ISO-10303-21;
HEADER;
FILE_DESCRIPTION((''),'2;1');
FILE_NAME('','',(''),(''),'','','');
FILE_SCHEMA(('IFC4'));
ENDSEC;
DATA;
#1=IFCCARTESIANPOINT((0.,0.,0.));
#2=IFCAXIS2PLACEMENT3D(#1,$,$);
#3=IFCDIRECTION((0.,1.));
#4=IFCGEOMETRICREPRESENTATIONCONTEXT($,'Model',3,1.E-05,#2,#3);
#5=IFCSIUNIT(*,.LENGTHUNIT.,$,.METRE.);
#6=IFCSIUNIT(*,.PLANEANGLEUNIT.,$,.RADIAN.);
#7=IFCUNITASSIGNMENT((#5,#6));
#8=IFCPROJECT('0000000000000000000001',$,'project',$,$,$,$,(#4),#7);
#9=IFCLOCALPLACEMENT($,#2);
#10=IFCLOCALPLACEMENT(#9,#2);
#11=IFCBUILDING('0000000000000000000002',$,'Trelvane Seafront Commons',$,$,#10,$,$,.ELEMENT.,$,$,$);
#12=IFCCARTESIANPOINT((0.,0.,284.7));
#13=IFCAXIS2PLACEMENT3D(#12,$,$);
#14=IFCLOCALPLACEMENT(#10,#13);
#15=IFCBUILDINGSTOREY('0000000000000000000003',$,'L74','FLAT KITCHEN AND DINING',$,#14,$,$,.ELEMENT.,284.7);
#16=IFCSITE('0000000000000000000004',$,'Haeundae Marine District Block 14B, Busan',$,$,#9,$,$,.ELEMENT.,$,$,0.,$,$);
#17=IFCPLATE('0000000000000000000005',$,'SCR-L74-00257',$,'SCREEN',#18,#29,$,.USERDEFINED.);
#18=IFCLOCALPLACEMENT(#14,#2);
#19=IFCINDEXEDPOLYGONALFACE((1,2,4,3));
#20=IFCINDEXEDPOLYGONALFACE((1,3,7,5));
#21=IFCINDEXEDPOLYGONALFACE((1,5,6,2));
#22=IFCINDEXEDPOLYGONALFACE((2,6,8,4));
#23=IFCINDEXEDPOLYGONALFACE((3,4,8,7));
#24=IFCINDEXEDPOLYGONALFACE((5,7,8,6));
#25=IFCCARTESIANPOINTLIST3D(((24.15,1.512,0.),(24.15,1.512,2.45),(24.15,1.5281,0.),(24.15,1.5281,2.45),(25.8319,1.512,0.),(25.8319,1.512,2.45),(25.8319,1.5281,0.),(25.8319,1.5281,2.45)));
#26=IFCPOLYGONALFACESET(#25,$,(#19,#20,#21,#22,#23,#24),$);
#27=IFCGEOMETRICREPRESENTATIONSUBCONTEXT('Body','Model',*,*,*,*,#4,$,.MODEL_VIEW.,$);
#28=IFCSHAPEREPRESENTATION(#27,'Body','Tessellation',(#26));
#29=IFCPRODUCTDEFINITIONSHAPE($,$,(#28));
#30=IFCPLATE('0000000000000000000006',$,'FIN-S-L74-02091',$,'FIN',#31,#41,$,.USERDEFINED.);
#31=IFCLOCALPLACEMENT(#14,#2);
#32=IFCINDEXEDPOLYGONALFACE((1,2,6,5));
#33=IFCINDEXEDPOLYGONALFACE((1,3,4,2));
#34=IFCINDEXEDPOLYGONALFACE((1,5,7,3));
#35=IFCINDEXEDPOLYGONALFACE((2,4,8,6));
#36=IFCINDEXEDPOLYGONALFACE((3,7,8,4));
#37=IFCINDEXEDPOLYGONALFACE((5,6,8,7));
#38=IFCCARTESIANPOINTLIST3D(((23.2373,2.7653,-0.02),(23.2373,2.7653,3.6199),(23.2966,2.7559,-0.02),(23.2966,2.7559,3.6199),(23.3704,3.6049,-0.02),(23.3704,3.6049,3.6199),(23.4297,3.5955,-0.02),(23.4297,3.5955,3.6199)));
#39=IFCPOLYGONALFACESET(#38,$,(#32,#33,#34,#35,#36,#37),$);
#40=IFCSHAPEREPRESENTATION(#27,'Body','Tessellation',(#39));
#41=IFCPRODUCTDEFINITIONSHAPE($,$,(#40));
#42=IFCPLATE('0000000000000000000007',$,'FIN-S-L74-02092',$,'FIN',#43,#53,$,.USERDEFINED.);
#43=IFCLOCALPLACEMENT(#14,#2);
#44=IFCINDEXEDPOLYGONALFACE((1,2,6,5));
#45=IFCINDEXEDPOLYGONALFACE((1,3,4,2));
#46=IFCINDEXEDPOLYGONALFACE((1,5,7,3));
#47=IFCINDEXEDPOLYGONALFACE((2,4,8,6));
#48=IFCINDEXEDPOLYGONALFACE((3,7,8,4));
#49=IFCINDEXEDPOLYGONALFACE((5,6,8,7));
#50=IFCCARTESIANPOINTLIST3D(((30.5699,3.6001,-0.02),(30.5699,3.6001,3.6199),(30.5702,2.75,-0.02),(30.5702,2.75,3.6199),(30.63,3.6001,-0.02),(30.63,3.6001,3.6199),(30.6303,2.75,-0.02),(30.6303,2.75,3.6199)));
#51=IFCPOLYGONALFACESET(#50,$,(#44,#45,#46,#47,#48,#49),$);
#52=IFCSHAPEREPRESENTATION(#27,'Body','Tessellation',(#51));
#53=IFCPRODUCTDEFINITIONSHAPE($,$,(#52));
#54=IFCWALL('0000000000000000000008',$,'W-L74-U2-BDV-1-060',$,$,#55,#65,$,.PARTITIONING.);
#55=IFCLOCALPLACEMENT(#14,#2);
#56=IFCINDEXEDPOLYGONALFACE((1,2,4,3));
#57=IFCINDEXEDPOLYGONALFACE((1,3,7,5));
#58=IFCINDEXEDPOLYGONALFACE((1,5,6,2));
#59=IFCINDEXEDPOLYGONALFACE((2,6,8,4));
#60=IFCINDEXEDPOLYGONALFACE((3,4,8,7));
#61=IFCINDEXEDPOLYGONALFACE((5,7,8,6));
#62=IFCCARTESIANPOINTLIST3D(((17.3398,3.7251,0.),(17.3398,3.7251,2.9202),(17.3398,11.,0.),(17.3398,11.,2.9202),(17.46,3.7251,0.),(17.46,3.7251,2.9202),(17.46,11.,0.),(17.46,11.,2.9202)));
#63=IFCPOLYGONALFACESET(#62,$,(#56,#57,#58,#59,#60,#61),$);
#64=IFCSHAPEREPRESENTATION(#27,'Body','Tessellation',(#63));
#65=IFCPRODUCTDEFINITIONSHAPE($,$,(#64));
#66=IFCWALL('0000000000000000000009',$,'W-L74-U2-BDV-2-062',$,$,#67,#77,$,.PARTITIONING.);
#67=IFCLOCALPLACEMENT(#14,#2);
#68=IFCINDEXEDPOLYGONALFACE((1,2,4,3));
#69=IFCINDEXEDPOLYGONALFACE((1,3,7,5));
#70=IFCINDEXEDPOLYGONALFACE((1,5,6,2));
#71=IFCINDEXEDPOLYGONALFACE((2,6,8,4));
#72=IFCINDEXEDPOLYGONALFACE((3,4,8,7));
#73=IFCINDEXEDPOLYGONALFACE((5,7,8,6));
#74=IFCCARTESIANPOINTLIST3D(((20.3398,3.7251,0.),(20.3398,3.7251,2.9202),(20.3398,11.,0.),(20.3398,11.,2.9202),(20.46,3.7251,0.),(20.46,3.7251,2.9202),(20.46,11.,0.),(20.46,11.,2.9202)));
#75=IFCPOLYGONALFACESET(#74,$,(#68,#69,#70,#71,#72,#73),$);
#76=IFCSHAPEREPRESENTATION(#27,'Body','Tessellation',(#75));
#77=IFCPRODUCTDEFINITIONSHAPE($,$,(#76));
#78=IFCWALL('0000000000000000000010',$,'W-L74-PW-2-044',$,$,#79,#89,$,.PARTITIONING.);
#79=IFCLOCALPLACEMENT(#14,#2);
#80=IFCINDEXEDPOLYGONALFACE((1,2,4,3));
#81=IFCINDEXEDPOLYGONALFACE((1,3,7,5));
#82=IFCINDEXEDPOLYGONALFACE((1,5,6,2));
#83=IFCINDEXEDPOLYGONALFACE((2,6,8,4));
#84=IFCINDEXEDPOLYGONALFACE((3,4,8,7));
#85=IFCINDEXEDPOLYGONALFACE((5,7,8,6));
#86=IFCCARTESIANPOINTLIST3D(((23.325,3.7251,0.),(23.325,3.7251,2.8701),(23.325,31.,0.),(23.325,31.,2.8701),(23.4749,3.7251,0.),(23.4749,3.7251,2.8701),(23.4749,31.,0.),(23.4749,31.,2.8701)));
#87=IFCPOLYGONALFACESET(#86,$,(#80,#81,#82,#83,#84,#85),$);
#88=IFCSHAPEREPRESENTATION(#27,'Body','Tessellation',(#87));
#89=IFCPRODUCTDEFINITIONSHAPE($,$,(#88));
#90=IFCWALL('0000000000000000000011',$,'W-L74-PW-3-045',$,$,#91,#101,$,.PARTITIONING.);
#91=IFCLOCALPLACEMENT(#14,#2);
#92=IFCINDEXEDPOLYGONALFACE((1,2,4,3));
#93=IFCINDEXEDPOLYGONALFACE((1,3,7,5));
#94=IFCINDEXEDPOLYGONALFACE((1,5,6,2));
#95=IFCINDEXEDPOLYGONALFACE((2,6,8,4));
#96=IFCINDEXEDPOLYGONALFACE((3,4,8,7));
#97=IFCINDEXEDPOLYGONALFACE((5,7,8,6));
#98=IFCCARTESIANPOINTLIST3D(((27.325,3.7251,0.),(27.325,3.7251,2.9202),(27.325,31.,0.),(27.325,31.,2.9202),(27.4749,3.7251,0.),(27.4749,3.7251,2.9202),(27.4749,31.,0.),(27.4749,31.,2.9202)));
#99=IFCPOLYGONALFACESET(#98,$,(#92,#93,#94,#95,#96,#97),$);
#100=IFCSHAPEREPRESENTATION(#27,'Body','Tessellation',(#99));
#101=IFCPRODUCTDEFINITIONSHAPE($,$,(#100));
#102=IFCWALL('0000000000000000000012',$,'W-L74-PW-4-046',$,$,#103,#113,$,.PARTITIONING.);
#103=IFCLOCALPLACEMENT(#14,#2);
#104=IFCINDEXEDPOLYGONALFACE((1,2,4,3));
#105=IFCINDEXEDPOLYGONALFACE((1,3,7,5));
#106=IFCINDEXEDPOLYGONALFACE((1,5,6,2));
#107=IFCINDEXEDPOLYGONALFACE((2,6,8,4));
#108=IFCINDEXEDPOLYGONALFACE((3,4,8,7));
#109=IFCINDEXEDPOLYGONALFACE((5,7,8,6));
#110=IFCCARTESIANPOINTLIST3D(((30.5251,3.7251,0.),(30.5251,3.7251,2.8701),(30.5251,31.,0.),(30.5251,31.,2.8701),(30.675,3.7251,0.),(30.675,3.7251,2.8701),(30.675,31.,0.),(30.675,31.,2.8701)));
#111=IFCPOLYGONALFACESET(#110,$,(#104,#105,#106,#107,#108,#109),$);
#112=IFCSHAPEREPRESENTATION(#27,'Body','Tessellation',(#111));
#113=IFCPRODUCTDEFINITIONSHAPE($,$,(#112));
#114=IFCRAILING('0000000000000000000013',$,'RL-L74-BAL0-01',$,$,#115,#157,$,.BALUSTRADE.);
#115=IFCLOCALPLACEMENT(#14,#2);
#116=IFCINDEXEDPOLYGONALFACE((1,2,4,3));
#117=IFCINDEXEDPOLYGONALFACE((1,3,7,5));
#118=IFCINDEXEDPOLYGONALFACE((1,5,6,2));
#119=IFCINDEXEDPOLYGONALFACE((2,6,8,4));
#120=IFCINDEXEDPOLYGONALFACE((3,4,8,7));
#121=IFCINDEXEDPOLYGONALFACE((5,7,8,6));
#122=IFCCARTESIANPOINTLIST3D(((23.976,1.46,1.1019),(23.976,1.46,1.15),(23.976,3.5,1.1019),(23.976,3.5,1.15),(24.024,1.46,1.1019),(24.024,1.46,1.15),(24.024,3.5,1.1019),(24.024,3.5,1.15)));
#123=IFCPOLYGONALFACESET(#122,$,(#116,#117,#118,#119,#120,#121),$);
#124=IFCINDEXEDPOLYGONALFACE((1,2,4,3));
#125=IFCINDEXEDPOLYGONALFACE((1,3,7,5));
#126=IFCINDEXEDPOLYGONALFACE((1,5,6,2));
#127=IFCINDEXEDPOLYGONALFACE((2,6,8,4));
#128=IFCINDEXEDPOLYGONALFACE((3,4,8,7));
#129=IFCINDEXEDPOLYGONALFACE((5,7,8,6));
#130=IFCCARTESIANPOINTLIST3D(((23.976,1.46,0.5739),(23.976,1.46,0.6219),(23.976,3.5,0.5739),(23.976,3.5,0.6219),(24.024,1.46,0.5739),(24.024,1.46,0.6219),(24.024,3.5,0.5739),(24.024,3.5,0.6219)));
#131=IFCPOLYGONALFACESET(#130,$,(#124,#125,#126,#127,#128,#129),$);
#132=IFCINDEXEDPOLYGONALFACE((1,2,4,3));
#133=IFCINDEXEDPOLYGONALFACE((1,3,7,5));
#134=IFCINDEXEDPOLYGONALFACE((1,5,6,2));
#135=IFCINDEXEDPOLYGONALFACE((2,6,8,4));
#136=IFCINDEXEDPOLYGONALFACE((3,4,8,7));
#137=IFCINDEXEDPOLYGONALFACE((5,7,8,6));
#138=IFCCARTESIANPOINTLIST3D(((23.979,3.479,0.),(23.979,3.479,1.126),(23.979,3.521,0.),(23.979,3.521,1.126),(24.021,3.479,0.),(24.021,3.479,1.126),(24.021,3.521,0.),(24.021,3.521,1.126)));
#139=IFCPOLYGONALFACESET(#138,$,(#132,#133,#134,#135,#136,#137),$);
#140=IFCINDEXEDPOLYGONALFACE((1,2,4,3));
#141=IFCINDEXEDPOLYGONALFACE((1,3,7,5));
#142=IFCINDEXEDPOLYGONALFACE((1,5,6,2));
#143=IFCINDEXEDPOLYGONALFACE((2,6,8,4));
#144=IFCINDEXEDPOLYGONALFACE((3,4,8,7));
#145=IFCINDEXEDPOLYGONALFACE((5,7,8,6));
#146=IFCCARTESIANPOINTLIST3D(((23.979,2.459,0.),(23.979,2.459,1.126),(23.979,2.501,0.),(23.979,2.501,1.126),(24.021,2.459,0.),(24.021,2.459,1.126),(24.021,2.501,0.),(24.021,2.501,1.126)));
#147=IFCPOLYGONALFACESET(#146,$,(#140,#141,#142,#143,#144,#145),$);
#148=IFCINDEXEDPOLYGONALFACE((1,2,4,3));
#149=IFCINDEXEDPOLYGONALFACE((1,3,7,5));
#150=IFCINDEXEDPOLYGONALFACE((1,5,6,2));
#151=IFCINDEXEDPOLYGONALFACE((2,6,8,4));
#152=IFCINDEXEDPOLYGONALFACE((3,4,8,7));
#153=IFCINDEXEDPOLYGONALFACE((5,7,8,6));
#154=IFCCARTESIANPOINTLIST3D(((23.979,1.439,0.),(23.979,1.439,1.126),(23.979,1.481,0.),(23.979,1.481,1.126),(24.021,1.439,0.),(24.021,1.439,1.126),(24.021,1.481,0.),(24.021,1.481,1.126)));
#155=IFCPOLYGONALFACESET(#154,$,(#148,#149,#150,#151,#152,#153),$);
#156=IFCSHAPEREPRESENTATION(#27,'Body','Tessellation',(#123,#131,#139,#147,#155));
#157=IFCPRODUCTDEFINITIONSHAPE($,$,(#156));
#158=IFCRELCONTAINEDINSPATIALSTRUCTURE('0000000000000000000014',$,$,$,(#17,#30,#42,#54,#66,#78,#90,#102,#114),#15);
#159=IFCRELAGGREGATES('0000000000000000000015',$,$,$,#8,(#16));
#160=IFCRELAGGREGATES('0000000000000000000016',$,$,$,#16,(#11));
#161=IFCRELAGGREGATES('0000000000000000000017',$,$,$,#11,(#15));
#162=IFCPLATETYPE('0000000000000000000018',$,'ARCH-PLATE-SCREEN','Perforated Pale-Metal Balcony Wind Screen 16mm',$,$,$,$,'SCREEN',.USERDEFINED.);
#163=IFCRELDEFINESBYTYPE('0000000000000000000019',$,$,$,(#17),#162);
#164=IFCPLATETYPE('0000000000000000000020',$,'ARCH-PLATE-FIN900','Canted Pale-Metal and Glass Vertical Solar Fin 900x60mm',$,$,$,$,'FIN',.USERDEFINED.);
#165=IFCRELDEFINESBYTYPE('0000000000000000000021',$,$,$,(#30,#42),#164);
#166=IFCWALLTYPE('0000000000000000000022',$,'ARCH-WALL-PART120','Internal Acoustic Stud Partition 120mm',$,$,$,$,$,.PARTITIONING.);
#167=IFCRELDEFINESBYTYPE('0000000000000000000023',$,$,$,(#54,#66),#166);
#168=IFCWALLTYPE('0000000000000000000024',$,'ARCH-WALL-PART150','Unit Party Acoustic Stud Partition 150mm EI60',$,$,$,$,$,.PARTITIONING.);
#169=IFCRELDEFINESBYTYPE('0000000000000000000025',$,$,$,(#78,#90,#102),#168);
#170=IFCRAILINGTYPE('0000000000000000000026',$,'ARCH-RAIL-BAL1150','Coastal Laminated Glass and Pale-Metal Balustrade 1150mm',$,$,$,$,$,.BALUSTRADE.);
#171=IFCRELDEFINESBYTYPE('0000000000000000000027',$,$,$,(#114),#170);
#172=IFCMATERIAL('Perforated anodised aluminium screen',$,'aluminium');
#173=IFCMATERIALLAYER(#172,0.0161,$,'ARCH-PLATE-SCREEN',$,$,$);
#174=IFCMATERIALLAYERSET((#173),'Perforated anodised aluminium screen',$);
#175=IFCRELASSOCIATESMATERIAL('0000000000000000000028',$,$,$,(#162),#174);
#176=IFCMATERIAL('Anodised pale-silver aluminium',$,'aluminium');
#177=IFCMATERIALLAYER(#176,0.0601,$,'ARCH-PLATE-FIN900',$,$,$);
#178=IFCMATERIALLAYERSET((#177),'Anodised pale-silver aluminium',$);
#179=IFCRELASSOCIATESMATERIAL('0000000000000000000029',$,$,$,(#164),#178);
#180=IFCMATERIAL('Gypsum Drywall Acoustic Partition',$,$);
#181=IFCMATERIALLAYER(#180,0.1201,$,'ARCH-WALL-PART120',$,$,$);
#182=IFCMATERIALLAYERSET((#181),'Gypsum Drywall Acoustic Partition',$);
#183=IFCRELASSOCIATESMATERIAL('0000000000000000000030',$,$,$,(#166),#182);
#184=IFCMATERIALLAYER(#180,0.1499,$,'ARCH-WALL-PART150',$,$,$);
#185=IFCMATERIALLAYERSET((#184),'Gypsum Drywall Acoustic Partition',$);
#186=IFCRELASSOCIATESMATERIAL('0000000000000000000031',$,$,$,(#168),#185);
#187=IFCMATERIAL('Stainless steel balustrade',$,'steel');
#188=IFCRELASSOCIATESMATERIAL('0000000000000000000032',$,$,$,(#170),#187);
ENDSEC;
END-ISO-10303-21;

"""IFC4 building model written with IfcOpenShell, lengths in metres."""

from ifc_helpers import new_model, si_unit, direction, frame, frame_2d, origin, origin_2d, place, context, subcontext, project, spatial, rectangle, extrude, source, transform, mapped, material, layer, layer_set, type_object, element, save


model = new_model("IFC4")

# Units and contexts
model_context = context("Model", 3, precision=1e-05, world=origin(), true_north=direction((0.0, 1.0)))
body_context = subcontext(model_context, "Body", "Model", "MODEL_VIEW")
ifc_project = project(units=[si_unit("LENGTHUNIT", "METRE"), si_unit("PLANEANGLEUNIT", "RADIAN")], contexts=[model_context])

# Site, building, storey
site_placement = place(None, origin())
site = spatial("IfcSite", under=ifc_project, at=site_placement, Name="Haeundae Marine District Block 14B, Busan", CompositionType="ELEMENT", RefElevation=0.0)
building_placement = place(site_placement, origin())
building = spatial("IfcBuilding", under=site, at=building_placement, Name="Trelvane Seafront Commons", CompositionType="ELEMENT")
storey_placement = place(building_placement, frame((0.0, 0.0, 284.7)))
storey = spatial("IfcBuildingStorey", under=building, at=storey_placement, Name="L74", Description="FLAT KITCHEN AND DINING", CompositionType="ELEMENT", Elevation=284.7)

# Plates
ifc_material_1 = material(Name="Perforated anodised aluminium screen", Category="aluminium")
ifc_layer_1 = layer(ifc_material_1, 0.0161, Name="ARCH-PLATE-SCREEN")
ifc_layer_set_1 = layer_set([ifc_layer_1], Name="Perforated anodised aluminium screen")
plate_type_1 = type_object("IfcPlateType", Name="ARCH-PLATE-SCREEN", Description="Perforated Pale-Metal Balcony Wind Screen 16mm", ElementType="SCREEN", PredefinedType="USERDEFINED", material=ifc_layer_set_1)
shared_shape_1 = source(origin(), body_context, "Body", "SweptSolid", [
    extrude(rectangle(XDim=1.6819, YDim=0.0161, at=origin_2d()), origin(), (0.0, 0.0, 1.0), 2.45),
])
plate_placement = place(storey_placement, frame((24.991, 1.52, 0.0), z_axis=(0.0, 0.0, 1.0), x_axis=(1.0, 0.0, 0.0)))
element("IfcPlate", 1, at=plate_placement, inside=storey, type_object=plate_type_1, Name="SCR-L74-00257", ObjectType="SCREEN", PredefinedType="USERDEFINED", context=body_context, shape_type="MappedRepresentation", body=[
    mapped(shared_shape_1, transform((0.0, 0.0, 0.0), x_axis=(1.0, 0.0, 0.0), y_axis=(0.0, 1.0, 0.0), z_axis=(0.0, 0.0, 1.0), scale=1.0)),
])
ifc_material_2 = material(Name="Anodised pale-silver aluminium", Category="aluminium")
ifc_layer_2 = layer(ifc_material_2, 0.0601, Name="ARCH-PLATE-FIN900")
ifc_layer_set_2 = layer_set([ifc_layer_2], Name="Anodised pale-silver aluminium")
plate_type_2 = type_object("IfcPlateType", Name="ARCH-PLATE-FIN900", Description="Canted Pale-Metal and Glass Vertical Solar Fin 900x60mm", ElementType="FIN", PredefinedType="USERDEFINED", material=ifc_layer_set_2)
shared_shape_2 = source(origin(), body_context, "Body", "SweptSolid", [
    extrude(rectangle(XDim=0.8501, YDim=0.0601, at=origin_2d()), origin(), (0.0, 0.0, 1.0), 3.6399),
])
for number, where, z_axis, x_axis, name in (
    (2, (23.3335, 3.1804, -0.02), (0.0, 0.0, 1.0), (-0.156591, -0.987663, 0.0), "FIN-S-L74-02091"),
    (3, (30.6001, 3.175, -0.02), (0.0, 0.0, 1.0), (0.000353, -1.0, 0.0), "FIN-S-L74-02092"),
):
    element("IfcPlate", number, at=place(storey_placement, frame(where, z_axis=z_axis, x_axis=x_axis)), inside=storey, type_object=plate_type_2, Name=name, ObjectType="FIN", PredefinedType="USERDEFINED", context=body_context, shape_type="MappedRepresentation", body=[
        mapped(shared_shape_2, transform((0.0, 0.0, 0.0), x_axis=(1.0, 0.0, 0.0), y_axis=(0.0, 1.0, 0.0), z_axis=(0.0, 0.0, 1.0), scale=1.0)),
    ])

# Shared definitions
ifc_material_3 = material(Name="Gypsum Drywall Acoustic Partition")
ifc_layer_3 = layer(ifc_material_3, 0.1201, Name="ARCH-WALL-PART120")
ifc_layer_set_3 = layer_set([ifc_layer_3], Name="Gypsum Drywall Acoustic Partition")
wall_type_1 = type_object("IfcWallType", Name="ARCH-WALL-PART120", Description="Internal Acoustic Stud Partition 120mm", PredefinedType="PARTITIONING", material=ifc_layer_set_3)

# Wall
wall_1_placement = place(storey_placement, frame((17.3999, 3.7251, 0.0), z_axis=(0.0, 0.0, 1.0), x_axis=(0.0, 1.0, 0.0)))
element("IfcWall", 4, at=wall_1_placement, inside=storey, type_object=wall_type_1, Name="W-L74-U2-BDV-1-060", PredefinedType="PARTITIONING", context=body_context, shape_type="SweptSolid", body=[
    extrude(rectangle(XDim=7.2749, YDim=0.1201, at=frame_2d((3.6375, 0.0))), origin(), (0.0, 0.0, 1.0), 2.9202),
])

# Walls
wall_2_placement = place(storey_placement, frame((20.3999, 3.7251, 0.0), z_axis=(0.0, 0.0, 1.0), x_axis=(0.0, 1.0, 0.0)))
element("IfcWall", 5, at=wall_2_placement, inside=storey, type_object=wall_type_1, Name="W-L74-U2-BDV-2-062", PredefinedType="PARTITIONING", context=body_context, shape_type="SweptSolid", body=[
    extrude(rectangle(XDim=7.2749, YDim=0.1201, at=frame_2d((3.6375, 0.0))), origin(), (0.0, 0.0, 1.0), 2.9202),
])
ifc_layer_4 = layer(ifc_material_3, 0.1499, Name="ARCH-WALL-PART150")
ifc_layer_set_4 = layer_set([ifc_layer_4], Name="Gypsum Drywall Acoustic Partition")
wall_type_2 = type_object("IfcWallType", Name="ARCH-WALL-PART150", Description="Unit Party Acoustic Stud Partition 150mm EI60", PredefinedType="PARTITIONING", material=ifc_layer_set_4)
wall_3_placement = place(storey_placement, frame((23.3999, 3.7251, 0.0), z_axis=(0.0, 0.0, 1.0), x_axis=(0.0, 1.0, 0.0)))
element("IfcWall", 6, at=wall_3_placement, inside=storey, type_object=wall_type_2, Name="W-L74-PW-2-044", PredefinedType="PARTITIONING", context=body_context, shape_type="SweptSolid", body=[
    extrude(rectangle(XDim=27.2749, YDim=0.1499, at=frame_2d((13.6375, 0.0))), origin(), (0.0, 0.0, 1.0), 2.8701),
])
wall_4_placement = place(storey_placement, frame((27.3999, 3.7251, 0.0), z_axis=(0.0, 0.0, 1.0), x_axis=(0.0, 1.0, 0.0)))
element("IfcWall", 7, at=wall_4_placement, inside=storey, type_object=wall_type_2, Name="W-L74-PW-3-045", PredefinedType="PARTITIONING", context=body_context, shape_type="SweptSolid", body=[
    extrude(rectangle(XDim=27.2749, YDim=0.1499, at=frame_2d((13.6375, 0.0))), origin(), (0.0, 0.0, 1.0), 2.9202),
])
wall_5_placement = place(storey_placement, frame((30.6001, 3.7251, 0.0), z_axis=(0.0, 0.0, 1.0), x_axis=(0.0, 1.0, 0.0)))
element("IfcWall", 8, at=wall_5_placement, inside=storey, type_object=wall_type_2, Name="W-L74-PW-4-046", PredefinedType="PARTITIONING", context=body_context, shape_type="SweptSolid", body=[
    extrude(rectangle(XDim=27.2749, YDim=0.1499, at=frame_2d((13.6375, 0.0))), origin(), (0.0, 0.0, 1.0), 2.8701),
])

# Railing
ifc_material_4 = material(Name="Stainless steel balustrade", Category="steel")
railing_type = type_object("IfcRailingType", Name="ARCH-RAIL-BAL1150", Description="Coastal Laminated Glass and Pale-Metal Balustrade 1150mm", PredefinedType="BALUSTRADE", material=ifc_material_4)
railing_1_placement = place(storey_placement, frame((24.0, 3.5, 0.0)))
element("IfcRailing", 9, at=railing_1_placement, inside=storey, type_object=railing_type, Name="RL-L74-BAL0-01", PredefinedType="BALUSTRADE", context=body_context, shape_type="SweptSolid", body=[
    extrude(rectangle(XDim=0.0481, YDim=0.0481, at=origin_2d()), frame((0.0, 0.0, 1.126), z_axis=(0.0, -1.0, 0.0), x_axis=(1.0, 0.0, 0.0)), (0.0, 0.0, 1.0), 2.04),
    extrude(rectangle(XDim=0.0481, YDim=0.0481, at=origin_2d()), frame((0.0, 0.0, 0.5979), z_axis=(0.0, -1.0, 0.0), x_axis=(1.0, 0.0, 0.0)), (0.0, 0.0, 1.0), 2.04),
    extrude(rectangle(XDim=0.042, YDim=0.042, at=origin_2d()), origin(), (0.0, 0.0, 1.0), 1.126),
    extrude(rectangle(XDim=0.042, YDim=0.042, at=origin_2d()), frame((0.0, -1.02, 0.0)), (0.0, 0.0, 1.0), 1.126),
    extrude(rectangle(XDim=0.042, YDim=0.042, at=origin_2d()), frame((0.0, -2.04, 0.0)), (0.0, 0.0, 1.0), 1.126),
])

save(model, "model.ifc")
